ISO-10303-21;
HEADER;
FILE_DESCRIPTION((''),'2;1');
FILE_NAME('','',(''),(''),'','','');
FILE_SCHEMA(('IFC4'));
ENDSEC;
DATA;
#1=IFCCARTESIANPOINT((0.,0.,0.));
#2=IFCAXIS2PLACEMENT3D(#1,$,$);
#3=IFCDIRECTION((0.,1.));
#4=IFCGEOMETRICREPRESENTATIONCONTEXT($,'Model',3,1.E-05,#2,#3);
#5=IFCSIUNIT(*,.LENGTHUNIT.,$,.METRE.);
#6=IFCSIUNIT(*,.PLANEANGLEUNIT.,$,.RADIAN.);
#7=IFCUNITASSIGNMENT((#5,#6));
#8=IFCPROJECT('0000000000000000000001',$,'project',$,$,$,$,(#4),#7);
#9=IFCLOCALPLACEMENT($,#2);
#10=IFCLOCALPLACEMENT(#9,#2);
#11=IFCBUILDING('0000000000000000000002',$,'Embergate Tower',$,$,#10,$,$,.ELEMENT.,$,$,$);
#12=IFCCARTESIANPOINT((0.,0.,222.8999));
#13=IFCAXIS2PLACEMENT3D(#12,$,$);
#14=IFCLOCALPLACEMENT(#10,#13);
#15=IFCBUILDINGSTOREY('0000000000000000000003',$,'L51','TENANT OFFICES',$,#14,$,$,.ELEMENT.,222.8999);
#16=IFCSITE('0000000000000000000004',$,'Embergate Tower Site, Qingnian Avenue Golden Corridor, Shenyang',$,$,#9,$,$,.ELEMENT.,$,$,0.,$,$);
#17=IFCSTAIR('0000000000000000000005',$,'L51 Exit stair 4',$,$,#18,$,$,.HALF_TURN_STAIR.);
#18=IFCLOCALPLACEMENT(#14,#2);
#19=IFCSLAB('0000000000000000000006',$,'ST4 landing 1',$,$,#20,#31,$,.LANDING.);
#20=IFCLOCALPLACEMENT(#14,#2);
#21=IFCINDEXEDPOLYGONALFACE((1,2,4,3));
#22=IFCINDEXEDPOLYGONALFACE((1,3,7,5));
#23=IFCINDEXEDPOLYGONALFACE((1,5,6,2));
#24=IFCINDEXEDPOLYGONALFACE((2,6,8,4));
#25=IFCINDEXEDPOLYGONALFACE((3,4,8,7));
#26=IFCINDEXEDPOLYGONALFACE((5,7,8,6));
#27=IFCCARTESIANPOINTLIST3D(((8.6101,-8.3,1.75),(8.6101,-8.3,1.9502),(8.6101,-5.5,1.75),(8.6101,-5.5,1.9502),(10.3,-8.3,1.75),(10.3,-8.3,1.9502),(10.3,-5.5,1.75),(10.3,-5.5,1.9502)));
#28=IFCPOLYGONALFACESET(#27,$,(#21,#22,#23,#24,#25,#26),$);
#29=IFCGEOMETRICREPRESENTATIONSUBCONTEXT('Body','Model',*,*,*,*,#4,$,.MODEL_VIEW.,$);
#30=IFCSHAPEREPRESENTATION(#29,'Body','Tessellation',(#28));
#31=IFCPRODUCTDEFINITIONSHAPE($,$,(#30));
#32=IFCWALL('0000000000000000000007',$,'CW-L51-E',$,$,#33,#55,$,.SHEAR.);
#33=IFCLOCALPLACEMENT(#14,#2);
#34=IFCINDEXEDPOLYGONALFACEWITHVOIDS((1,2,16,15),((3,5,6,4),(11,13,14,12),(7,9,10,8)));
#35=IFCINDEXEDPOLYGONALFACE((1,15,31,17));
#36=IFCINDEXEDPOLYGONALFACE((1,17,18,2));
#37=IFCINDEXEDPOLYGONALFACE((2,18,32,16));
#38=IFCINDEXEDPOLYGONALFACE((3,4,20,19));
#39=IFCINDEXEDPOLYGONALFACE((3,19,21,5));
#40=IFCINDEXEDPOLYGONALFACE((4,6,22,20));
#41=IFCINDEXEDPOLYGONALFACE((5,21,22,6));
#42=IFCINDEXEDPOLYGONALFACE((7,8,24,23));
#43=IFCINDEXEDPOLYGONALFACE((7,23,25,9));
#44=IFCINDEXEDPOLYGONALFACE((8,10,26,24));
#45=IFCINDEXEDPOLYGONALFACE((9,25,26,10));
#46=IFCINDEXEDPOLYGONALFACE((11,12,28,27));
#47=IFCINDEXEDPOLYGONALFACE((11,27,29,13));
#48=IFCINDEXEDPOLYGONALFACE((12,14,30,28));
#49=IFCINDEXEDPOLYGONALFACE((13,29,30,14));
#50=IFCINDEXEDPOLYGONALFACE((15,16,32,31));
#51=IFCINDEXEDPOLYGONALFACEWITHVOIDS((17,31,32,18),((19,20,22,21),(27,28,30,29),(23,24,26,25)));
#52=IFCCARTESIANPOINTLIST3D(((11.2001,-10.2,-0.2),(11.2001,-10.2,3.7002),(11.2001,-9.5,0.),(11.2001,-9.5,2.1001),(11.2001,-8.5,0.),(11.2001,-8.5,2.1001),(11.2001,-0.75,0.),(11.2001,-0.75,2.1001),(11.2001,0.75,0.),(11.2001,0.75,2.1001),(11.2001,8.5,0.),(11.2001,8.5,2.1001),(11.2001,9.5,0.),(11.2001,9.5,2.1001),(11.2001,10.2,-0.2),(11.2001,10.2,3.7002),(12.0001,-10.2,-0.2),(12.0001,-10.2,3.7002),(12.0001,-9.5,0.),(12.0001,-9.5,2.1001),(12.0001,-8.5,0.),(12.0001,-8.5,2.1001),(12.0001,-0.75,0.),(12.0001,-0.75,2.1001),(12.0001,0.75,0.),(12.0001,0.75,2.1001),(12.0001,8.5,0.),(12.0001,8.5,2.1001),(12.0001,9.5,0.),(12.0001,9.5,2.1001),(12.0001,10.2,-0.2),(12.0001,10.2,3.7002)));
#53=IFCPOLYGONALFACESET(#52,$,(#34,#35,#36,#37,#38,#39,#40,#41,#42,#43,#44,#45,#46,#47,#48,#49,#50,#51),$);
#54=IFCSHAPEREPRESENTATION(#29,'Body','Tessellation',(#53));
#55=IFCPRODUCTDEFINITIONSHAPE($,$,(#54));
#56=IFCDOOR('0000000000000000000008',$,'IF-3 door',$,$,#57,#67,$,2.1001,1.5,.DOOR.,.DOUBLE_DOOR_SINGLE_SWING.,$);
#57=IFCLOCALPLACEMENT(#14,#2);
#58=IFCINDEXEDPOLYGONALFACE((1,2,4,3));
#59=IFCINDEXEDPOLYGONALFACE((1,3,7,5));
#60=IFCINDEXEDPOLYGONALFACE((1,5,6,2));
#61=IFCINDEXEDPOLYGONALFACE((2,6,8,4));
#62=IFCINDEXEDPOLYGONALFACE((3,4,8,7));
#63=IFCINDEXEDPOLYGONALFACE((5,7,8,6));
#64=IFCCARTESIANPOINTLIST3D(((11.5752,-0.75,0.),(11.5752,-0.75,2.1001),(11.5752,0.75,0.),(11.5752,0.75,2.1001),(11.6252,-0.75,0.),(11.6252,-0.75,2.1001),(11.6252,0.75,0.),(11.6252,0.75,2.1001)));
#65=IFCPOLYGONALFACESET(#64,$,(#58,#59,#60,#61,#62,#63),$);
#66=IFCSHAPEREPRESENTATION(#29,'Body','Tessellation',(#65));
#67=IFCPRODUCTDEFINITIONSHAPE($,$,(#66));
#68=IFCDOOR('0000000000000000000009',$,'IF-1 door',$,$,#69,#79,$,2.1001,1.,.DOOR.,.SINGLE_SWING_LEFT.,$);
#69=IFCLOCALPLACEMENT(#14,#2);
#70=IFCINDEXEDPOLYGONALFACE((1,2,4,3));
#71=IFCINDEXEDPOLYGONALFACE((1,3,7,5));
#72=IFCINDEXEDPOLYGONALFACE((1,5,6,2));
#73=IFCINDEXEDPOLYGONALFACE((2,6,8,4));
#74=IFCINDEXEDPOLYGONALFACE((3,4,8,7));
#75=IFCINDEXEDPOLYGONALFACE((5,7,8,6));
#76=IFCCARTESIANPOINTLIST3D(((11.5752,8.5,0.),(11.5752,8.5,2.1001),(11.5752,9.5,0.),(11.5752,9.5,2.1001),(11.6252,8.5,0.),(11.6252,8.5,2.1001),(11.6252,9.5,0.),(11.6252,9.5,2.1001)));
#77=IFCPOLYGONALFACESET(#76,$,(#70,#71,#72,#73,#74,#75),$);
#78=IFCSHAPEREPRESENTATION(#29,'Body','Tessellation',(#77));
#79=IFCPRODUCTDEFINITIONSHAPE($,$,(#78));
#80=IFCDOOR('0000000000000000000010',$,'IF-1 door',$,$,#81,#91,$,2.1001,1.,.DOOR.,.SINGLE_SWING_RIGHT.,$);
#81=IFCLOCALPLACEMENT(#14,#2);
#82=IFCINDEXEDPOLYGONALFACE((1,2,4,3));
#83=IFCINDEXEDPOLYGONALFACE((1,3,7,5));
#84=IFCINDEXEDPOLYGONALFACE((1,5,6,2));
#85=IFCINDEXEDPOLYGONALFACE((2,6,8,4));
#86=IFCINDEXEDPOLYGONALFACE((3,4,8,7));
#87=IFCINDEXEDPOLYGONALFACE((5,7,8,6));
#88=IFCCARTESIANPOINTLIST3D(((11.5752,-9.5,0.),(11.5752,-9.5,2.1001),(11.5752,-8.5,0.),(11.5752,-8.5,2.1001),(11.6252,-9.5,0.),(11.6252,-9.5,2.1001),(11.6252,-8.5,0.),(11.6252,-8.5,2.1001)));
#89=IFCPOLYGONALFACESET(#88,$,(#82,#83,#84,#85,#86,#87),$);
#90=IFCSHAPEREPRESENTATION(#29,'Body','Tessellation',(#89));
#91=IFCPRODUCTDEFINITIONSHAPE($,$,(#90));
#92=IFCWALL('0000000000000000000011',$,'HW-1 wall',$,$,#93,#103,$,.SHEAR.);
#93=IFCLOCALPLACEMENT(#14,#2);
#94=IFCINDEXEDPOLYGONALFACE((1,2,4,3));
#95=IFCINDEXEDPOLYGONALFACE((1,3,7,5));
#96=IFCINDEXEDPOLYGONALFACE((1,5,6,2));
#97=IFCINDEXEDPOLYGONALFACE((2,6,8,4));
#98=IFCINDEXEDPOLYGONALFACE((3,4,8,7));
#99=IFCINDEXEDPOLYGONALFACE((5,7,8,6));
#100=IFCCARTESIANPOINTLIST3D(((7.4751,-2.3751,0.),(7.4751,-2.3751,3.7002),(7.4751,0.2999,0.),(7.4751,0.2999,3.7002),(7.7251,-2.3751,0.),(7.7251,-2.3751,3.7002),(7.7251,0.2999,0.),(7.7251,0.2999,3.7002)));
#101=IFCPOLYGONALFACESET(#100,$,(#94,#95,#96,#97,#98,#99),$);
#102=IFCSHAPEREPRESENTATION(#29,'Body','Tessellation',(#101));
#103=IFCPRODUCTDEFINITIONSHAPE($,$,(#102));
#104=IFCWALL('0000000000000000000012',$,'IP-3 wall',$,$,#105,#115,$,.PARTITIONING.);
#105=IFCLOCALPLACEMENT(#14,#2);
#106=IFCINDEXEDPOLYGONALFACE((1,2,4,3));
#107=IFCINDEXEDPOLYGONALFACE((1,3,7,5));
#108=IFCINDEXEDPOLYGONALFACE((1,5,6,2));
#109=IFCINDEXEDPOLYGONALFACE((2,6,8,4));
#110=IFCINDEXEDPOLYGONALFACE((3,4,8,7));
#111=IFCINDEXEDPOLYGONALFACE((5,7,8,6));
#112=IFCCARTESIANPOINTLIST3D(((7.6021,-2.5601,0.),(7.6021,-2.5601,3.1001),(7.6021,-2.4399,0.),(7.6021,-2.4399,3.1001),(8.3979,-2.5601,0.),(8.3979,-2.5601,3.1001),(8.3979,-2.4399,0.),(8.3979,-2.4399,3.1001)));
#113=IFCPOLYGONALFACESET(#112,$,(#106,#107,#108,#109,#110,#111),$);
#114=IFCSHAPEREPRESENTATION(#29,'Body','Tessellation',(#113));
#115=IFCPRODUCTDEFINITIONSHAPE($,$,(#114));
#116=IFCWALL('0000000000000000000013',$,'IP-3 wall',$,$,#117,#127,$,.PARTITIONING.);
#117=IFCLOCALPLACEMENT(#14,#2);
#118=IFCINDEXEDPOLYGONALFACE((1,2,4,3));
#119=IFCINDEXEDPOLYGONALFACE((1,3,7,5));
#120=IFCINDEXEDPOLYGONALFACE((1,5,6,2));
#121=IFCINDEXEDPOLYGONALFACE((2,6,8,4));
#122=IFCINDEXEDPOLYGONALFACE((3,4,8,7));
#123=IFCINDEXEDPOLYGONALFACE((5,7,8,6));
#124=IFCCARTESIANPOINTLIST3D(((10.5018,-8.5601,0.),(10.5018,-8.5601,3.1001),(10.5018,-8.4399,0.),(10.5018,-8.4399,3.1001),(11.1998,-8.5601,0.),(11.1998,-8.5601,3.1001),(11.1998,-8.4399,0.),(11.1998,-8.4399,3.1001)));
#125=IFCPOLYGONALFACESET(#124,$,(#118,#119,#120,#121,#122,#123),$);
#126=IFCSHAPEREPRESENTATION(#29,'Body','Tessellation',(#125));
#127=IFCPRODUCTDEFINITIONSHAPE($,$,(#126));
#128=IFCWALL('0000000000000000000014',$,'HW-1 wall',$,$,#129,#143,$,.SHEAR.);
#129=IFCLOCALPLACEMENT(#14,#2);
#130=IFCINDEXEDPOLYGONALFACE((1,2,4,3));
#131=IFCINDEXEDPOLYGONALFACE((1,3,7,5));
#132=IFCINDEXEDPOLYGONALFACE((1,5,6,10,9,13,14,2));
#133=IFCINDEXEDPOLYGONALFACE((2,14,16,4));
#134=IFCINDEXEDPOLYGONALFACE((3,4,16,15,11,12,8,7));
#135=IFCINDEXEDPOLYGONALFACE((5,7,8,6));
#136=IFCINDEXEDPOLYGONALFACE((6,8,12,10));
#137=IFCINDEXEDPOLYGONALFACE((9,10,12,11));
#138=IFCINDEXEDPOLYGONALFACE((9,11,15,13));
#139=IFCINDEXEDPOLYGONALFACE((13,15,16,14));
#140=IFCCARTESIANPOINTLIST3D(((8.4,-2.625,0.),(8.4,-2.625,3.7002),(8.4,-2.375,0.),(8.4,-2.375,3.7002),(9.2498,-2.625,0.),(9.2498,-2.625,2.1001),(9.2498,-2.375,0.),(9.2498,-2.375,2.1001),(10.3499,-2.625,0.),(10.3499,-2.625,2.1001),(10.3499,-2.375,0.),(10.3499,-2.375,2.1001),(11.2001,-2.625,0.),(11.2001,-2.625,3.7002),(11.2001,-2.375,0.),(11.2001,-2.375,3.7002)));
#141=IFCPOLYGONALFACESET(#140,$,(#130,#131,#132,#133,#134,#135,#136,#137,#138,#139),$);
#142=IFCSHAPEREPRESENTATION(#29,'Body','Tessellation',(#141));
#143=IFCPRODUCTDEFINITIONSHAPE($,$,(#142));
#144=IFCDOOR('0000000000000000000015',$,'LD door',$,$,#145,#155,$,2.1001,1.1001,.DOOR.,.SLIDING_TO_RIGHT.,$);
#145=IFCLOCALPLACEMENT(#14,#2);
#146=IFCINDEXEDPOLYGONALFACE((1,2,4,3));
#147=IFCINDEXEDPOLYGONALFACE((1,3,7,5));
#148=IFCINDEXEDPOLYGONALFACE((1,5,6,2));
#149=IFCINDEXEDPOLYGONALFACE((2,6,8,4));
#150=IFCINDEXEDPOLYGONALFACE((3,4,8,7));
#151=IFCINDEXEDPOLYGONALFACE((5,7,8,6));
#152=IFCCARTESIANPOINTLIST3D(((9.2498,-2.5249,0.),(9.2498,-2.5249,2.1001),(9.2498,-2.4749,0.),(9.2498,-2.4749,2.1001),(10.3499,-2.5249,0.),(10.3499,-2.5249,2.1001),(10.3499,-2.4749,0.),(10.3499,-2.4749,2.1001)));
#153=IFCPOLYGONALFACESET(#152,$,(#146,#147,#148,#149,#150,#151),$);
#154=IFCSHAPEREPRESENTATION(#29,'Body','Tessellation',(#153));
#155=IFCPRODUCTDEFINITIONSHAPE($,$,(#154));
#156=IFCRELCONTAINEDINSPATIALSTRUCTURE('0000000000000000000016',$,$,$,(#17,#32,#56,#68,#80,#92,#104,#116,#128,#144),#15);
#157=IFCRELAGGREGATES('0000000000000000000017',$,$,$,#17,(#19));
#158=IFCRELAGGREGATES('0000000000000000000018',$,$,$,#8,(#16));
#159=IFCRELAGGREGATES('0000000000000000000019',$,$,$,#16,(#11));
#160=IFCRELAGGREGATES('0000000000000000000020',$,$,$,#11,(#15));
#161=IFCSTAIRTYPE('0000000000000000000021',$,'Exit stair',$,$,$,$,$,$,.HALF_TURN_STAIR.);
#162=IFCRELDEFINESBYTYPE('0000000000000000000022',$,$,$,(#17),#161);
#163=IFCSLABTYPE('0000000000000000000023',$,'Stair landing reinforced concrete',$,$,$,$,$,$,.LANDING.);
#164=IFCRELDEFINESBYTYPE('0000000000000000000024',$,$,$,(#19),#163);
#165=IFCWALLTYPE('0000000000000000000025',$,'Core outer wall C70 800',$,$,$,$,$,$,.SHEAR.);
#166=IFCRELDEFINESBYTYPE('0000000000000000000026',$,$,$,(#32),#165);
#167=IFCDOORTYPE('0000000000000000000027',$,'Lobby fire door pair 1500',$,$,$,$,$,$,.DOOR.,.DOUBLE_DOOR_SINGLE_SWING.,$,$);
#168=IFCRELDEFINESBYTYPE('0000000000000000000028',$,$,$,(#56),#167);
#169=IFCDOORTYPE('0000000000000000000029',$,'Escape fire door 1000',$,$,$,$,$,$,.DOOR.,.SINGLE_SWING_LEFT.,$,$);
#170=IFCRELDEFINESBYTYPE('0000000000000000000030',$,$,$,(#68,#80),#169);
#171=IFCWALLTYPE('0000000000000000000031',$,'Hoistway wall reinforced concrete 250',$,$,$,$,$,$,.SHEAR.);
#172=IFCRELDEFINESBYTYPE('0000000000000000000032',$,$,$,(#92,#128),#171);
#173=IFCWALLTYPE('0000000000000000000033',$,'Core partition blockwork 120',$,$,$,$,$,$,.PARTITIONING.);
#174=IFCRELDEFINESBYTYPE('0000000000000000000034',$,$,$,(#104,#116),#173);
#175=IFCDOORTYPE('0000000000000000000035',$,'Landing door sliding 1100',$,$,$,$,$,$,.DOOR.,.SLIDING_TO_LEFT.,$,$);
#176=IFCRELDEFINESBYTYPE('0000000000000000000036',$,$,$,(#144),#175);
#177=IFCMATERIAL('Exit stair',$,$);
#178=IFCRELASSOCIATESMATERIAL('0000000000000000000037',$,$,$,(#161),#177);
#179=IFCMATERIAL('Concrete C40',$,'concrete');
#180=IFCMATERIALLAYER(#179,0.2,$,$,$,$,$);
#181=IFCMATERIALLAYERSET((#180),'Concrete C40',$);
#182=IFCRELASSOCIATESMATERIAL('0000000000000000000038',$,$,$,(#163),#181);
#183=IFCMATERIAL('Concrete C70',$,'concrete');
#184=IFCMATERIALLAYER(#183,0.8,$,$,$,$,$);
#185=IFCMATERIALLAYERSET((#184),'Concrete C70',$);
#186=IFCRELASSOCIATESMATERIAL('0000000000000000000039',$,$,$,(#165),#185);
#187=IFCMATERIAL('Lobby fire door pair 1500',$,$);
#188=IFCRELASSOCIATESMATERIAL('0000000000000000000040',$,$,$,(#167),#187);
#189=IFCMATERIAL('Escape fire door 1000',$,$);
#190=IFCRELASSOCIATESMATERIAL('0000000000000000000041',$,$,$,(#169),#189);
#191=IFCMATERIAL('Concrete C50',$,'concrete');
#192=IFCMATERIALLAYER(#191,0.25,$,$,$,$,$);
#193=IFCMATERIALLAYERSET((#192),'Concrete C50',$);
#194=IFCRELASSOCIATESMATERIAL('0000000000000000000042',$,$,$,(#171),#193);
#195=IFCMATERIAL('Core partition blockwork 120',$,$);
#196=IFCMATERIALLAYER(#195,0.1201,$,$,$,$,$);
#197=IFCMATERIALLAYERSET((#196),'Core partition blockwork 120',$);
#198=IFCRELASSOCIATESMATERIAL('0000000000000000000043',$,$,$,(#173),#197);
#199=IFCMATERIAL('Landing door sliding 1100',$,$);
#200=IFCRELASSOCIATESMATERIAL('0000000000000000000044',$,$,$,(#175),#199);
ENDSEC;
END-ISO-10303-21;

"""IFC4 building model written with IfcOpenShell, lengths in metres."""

from ifc_helpers import new_model, si_unit, direction, frame, frame_2d, origin, place, context, subcontext, project, spatial, polyline, rectangle, outline, extrude, source, transform, mapped, material, layer, layer_set, type_object, element, fill, aggregate, save


model = new_model("IFC4")

# Units and contexts
model_context = context("Model", 3, precision=1e-05, world=origin(), true_north=direction((0.0, 1.0)))
body_context = subcontext(model_context, "Body", "Model", "MODEL_VIEW")
ifc_project = project(units=[si_unit("LENGTHUNIT", "METRE"), si_unit("PLANEANGLEUNIT", "RADIAN")], contexts=[model_context])

# Site, building, storey
site_placement = place(None, origin())
site = spatial("IfcSite", under=ifc_project, at=site_placement, Name="Embergate Tower Site, Qingnian Avenue Golden Corridor, Shenyang", CompositionType="ELEMENT", RefElevation=0.0)
building_placement = place(site_placement, origin())
building = spatial("IfcBuilding", under=site, at=building_placement, Name="Embergate Tower", CompositionType="ELEMENT")
storey_placement = place(building_placement, frame((0.0, 0.0, 222.8999)))
storey = spatial("IfcBuildingStorey", under=building, at=storey_placement, Name="L51", Description="TENANT OFFICES", CompositionType="ELEMENT", Elevation=222.8999)

# Stair, slab
ifc_material_1 = material(Name="Exit stair")
stair_type = type_object("IfcStairType", Name="Exit stair", PredefinedType="HALF_TURN_STAIR", material=ifc_material_1)
stair_placement = place(storey_placement, origin())
stair = element("IfcStair", 1, at=stair_placement, inside=storey, type_object=stair_type, Name="L51 Exit stair 4", PredefinedType="HALF_TURN_STAIR")
ifc_material_2 = material(Name="Concrete C40", Category="concrete")
ifc_layer_1 = layer(ifc_material_2, 0.2)
ifc_layer_set_1 = layer_set([ifc_layer_1], Name="Concrete C40")
slab_type = type_object("IfcSlabType", Name="Stair landing reinforced concrete", PredefinedType="LANDING", material=ifc_layer_set_1)
shared_shape_1 = source(origin(), body_context, "Body", "SweptSolid", [
    extrude(outline(polyline([(0.0, 0.0), (1.6899, 0.0), (1.6899, 2.8), (0.0, 2.8), (0.0, 0.0)])), origin(), (0.0, 0.0, 1.0), 0.2002),
])
slab_placement = place(storey_placement, frame((8.6101, -8.3, 1.75)))
slab = element("IfcSlab", 2, at=slab_placement, type_object=slab_type, Name="ST4 landing 1", PredefinedType="LANDING", context=body_context, shape_type="MappedRepresentation", body=[
    mapped(shared_shape_1, transform((0.0, 0.0, 0.0))),
])

# Wall, openings, doors
ifc_material_3 = material(Name="Concrete C70", Category="concrete")
ifc_layer_2 = layer(ifc_material_3, 0.8)
ifc_layer_set_2 = layer_set([ifc_layer_2], Name="Concrete C70")
wall_type_1 = type_object("IfcWallType", Name="Core outer wall C70 800", PredefinedType="SHEAR", material=ifc_layer_set_2)
shared_shape_2 = source(origin(), body_context, "Body", "SweptSolid", [
    extrude(rectangle(XDim=20.3999, YDim=0.8, at=frame_2d((10.2, 0.0))), origin(), (0.0, 0.0, 1.0), 3.9001),
])
wall_1_placement = place(storey_placement, frame((11.6001, -10.2, -0.2), z_axis=(0.0, 0.0, 1.0), x_axis=(0.0, 1.0, 0.0)))
wall_1 = element("IfcWall", 3, at=wall_1_placement, inside=storey, type_object=wall_type_1, Name="CW-L51-E", PredefinedType="SHEAR", context=body_context, shape_type="MappedRepresentation", body=[
    mapped(shared_shape_2, transform((0.0, 0.0, 0.0))),
])
shared_shape_3 = source(origin(), body_context, "Body", "SweptSolid", [
    extrude(rectangle(XDim=1.0, YDim=2.1001, at=frame_2d((0.5, 1.05))), frame((0.0, 0.4099, 0.0), z_axis=(0.0, -1.0, 0.0), x_axis=(1.0, 0.0, 0.0)), (0.0, 0.0, 1.0), 0.8201),
])
opening_1_placement = place(wall_1_placement, frame((18.7, 0.0, 0.2)))
opening_1 = element("IfcOpeningElement", 4, at=opening_1_placement, cuts=wall_1, PredefinedType="OPENING", context=body_context, shape_type="MappedRepresentation", body=[
    mapped(shared_shape_3, transform((0.0, 0.0, 0.0))),
])
opening_2_placement = place(wall_1_placement, frame((0.7, 0.0, 0.2)))
opening_2 = element("IfcOpeningElement", 5, at=opening_2_placement, cuts=wall_1, PredefinedType="OPENING", context=body_context, shape_type="MappedRepresentation", body=[
    mapped(shared_shape_3, transform((0.0, 0.0, 0.0))),
])
shared_shape_4 = source(origin(), body_context, "Body", "SweptSolid", [
    extrude(rectangle(XDim=1.5, YDim=2.1001, at=frame_2d((0.75, 1.05))), frame((0.0, 0.4099, 0.0), z_axis=(0.0, -1.0, 0.0), x_axis=(1.0, 0.0, 0.0)), (0.0, 0.0, 1.0), 0.8201),
])
opening_3_placement = place(wall_1_placement, frame((9.45, 0.0, 0.2)))
opening_3 = element("IfcOpeningElement", 6, at=opening_3_placement, cuts=wall_1, PredefinedType="OPENING", context=body_context, shape_type="MappedRepresentation", body=[
    mapped(shared_shape_4, transform((0.0, 0.0, 0.0))),
])
ifc_material_4 = material(Name="Lobby fire door pair 1500")
door_type_1 = type_object("IfcDoorType", Name="Lobby fire door pair 1500", OperationType="DOUBLE_DOOR_SINGLE_SWING", PredefinedType="DOOR", material=ifc_material_4)
shared_shape_5 = source(origin(), body_context, "Body", "SweptSolid", [
    extrude(rectangle(XDim=1.5, YDim=2.1001, at=frame_2d((0.75, 1.05))), frame((0.0, 0.0249, 0.0), z_axis=(0.0, -1.0, 0.0), x_axis=(1.0, 0.0, 0.0)), (0.0, 0.0, 1.0), 0.05),
])
door_1_placement = place(opening_3_placement, origin())
door_1 = element("IfcDoor", 7, at=door_1_placement, inside=storey, type_object=door_type_1, Name="IF-3 door", OperationType="DOUBLE_DOOR_SINGLE_SWING", OverallHeight=2.1001, OverallWidth=1.5, PredefinedType="DOOR", context=body_context, shape_type="MappedRepresentation", body=[
    mapped(shared_shape_5, transform((0.0, 0.0, 0.0))),
])
fill(opening_3, door_1)
ifc_material_5 = material(Name="Escape fire door 1000")
door_type_2 = type_object("IfcDoorType", Name="Escape fire door 1000", OperationType="SINGLE_SWING_LEFT", PredefinedType="DOOR", material=ifc_material_5)
shared_shape_6 = source(origin(), body_context, "Body", "SweptSolid", [
    extrude(rectangle(XDim=1.0, YDim=2.1001, at=frame_2d((0.5, 1.05))), frame((0.0, 0.0249, 0.0), z_axis=(0.0, -1.0, 0.0), x_axis=(1.0, 0.0, 0.0)), (0.0, 0.0, 1.0), 0.05),
])
door_2_placement = place(opening_1_placement, origin())
door_2 = element("IfcDoor", 8, at=door_2_placement, inside=storey, type_object=door_type_2, Name="IF-1 door", OperationType="SINGLE_SWING_LEFT", OverallHeight=2.1001, OverallWidth=1.0, PredefinedType="DOOR", context=body_context, shape_type="MappedRepresentation", body=[
    mapped(shared_shape_6, transform((0.0, 0.0, 0.0))),
])
fill(opening_1, door_2)
door_3_placement = place(opening_2_placement, origin())
door_3 = element("IfcDoor", 9, at=door_3_placement, inside=storey, type_object=door_type_2, Name="IF-1 door", OperationType="SINGLE_SWING_RIGHT", OverallHeight=2.1001, OverallWidth=1.0, PredefinedType="DOOR", context=body_context, shape_type="MappedRepresentation", body=[
    mapped(shared_shape_6, transform((0.0, 0.0, 0.0))),
])
fill(opening_2, door_3)

# Walls
ifc_material_6 = material(Name="Concrete C50", Category="concrete")
ifc_layer_3 = layer(ifc_material_6, 0.25)
ifc_layer_set_3 = layer_set([ifc_layer_3], Name="Concrete C50")
wall_type_2 = type_object("IfcWallType", Name="Hoistway wall reinforced concrete 250", PredefinedType="SHEAR", material=ifc_layer_set_3)
shared_shape_7 = source(origin(), body_context, "Body", "SweptSolid", [
    extrude(rectangle(XDim=2.675, YDim=0.25, at=frame_2d((1.3374, 0.0))), origin(), (0.0, 0.0, 1.0), 3.7002),
])
wall_2_placement = place(storey_placement, frame((7.6001, -2.375, 0.0), z_axis=(0.0, 0.0, 1.0), x_axis=(0.0, 1.0, 0.0)))
element("IfcWall", 10, at=wall_2_placement, inside=storey, type_object=wall_type_2, Name="HW-1 wall", PredefinedType="SHEAR", context=body_context, shape_type="MappedRepresentation", body=[
    mapped(shared_shape_7, transform((0.0, 0.0, 0.0))),
])
ifc_material_7 = material(Name="Core partition blockwork 120")
ifc_layer_4 = layer(ifc_material_7, 0.1201)
ifc_layer_set_4 = layer_set([ifc_layer_4], Name="Core partition blockwork 120")
wall_type_3 = type_object("IfcWallType", Name="Core partition blockwork 120", PredefinedType="PARTITIONING", material=ifc_layer_set_4)
shared_shape_8 = source(origin(), body_context, "Body", "SweptSolid", [
    extrude(rectangle(XDim=0.7959, YDim=0.1201, at=frame_2d((0.3979, 0.0))), origin(), (0.0, 0.0, 1.0), 3.1001),
])
wall_3_placement = place(storey_placement, frame((7.6021, -2.5, 0.0), z_axis=(0.0, 0.0, 1.0), x_axis=(1.0, 0.0, 0.0)))
element("IfcWall", 11, at=wall_3_placement, inside=storey, type_object=wall_type_3, Name="IP-3 wall", PredefinedType="PARTITIONING", context=body_context, shape_type="MappedRepresentation", body=[
    mapped(shared_shape_8, transform((0.0, 0.0, 0.0))),
])
shared_shape_9 = source(origin(), body_context, "Body", "SweptSolid", [
    extrude(rectangle(XDim=0.698, YDim=0.1201, at=frame_2d((0.3491, 0.0))), origin(), (0.0, 0.0, 1.0), 3.1001),
])
wall_4_placement = place(storey_placement, frame((11.2, -8.5, 0.0), z_axis=(0.0, 0.0, 1.0), x_axis=(-1.0, 0.0, 0.0)))
element("IfcWall", 12, at=wall_4_placement, inside=storey, type_object=wall_type_3, Name="IP-3 wall", PredefinedType="PARTITIONING", context=body_context, shape_type="MappedRepresentation", body=[
    mapped(shared_shape_9, transform((0.0, 0.0, 0.0))),
])

# Wall, opening, door
shared_shape_10 = source(origin(), body_context, "Body", "SweptSolid", [
    extrude(rectangle(XDim=2.8, YDim=0.25, at=frame_2d((1.3999, 0.0))), origin(), (0.0, 0.0, 1.0), 3.7002),
])
wall_5_placement = place(storey_placement, frame((11.2, -2.5, 0.0), z_axis=(0.0, 0.0, 1.0), x_axis=(-1.0, 0.0, 0.0)))
wall_5 = element("IfcWall", 13, at=wall_5_placement, inside=storey, type_object=wall_type_2, Name="HW-1 wall", PredefinedType="SHEAR", context=body_context, shape_type="MappedRepresentation", body=[
    mapped(shared_shape_10, transform((0.0, 0.0, 0.0))),
])
shared_shape_11 = source(origin(), body_context, "Body", "SweptSolid", [
    extrude(rectangle(XDim=1.1001, YDim=2.1001, at=frame_2d((0.55, 1.05))), frame((0.0, 0.135, 0.0), z_axis=(0.0, -1.0, 0.0), x_axis=(1.0, 0.0, 0.0)), (0.0, 0.0, 1.0), 0.27),
])
opening_4_placement = place(wall_5_placement, frame((0.8501, 0.0, 0.0)))
opening_4 = element("IfcOpeningElement", 14, at=opening_4_placement, cuts=wall_5, PredefinedType="OPENING", context=body_context, shape_type="MappedRepresentation", body=[
    mapped(shared_shape_11, transform((0.0, 0.0, 0.0))),
])
ifc_material_8 = material(Name="Landing door sliding 1100")
door_type_3 = type_object("IfcDoorType", Name="Landing door sliding 1100", OperationType="SLIDING_TO_LEFT", PredefinedType="DOOR", material=ifc_material_8)
shared_shape_12 = source(origin(), body_context, "Body", "SweptSolid", [
    extrude(rectangle(XDim=1.1001, YDim=2.1001, at=frame_2d((0.55, 1.05))), frame((0.0, 0.0249, 0.0), z_axis=(0.0, -1.0, 0.0), x_axis=(1.0, 0.0, 0.0)), (0.0, 0.0, 1.0), 0.05),
])
door_4_placement = place(opening_4_placement, origin())
door_4 = element("IfcDoor", 15, at=door_4_placement, inside=storey, type_object=door_type_3, Name="LD door", OperationType="SLIDING_TO_RIGHT", OverallHeight=2.1001, OverallWidth=1.1001, PredefinedType="DOOR", context=body_context, shape_type="MappedRepresentation", body=[
    mapped(shared_shape_12, transform((0.0, 0.0, 0.0))),
])
fill(opening_4, door_4)

aggregate(stair, [slab])

save(model, "model.ifc")
